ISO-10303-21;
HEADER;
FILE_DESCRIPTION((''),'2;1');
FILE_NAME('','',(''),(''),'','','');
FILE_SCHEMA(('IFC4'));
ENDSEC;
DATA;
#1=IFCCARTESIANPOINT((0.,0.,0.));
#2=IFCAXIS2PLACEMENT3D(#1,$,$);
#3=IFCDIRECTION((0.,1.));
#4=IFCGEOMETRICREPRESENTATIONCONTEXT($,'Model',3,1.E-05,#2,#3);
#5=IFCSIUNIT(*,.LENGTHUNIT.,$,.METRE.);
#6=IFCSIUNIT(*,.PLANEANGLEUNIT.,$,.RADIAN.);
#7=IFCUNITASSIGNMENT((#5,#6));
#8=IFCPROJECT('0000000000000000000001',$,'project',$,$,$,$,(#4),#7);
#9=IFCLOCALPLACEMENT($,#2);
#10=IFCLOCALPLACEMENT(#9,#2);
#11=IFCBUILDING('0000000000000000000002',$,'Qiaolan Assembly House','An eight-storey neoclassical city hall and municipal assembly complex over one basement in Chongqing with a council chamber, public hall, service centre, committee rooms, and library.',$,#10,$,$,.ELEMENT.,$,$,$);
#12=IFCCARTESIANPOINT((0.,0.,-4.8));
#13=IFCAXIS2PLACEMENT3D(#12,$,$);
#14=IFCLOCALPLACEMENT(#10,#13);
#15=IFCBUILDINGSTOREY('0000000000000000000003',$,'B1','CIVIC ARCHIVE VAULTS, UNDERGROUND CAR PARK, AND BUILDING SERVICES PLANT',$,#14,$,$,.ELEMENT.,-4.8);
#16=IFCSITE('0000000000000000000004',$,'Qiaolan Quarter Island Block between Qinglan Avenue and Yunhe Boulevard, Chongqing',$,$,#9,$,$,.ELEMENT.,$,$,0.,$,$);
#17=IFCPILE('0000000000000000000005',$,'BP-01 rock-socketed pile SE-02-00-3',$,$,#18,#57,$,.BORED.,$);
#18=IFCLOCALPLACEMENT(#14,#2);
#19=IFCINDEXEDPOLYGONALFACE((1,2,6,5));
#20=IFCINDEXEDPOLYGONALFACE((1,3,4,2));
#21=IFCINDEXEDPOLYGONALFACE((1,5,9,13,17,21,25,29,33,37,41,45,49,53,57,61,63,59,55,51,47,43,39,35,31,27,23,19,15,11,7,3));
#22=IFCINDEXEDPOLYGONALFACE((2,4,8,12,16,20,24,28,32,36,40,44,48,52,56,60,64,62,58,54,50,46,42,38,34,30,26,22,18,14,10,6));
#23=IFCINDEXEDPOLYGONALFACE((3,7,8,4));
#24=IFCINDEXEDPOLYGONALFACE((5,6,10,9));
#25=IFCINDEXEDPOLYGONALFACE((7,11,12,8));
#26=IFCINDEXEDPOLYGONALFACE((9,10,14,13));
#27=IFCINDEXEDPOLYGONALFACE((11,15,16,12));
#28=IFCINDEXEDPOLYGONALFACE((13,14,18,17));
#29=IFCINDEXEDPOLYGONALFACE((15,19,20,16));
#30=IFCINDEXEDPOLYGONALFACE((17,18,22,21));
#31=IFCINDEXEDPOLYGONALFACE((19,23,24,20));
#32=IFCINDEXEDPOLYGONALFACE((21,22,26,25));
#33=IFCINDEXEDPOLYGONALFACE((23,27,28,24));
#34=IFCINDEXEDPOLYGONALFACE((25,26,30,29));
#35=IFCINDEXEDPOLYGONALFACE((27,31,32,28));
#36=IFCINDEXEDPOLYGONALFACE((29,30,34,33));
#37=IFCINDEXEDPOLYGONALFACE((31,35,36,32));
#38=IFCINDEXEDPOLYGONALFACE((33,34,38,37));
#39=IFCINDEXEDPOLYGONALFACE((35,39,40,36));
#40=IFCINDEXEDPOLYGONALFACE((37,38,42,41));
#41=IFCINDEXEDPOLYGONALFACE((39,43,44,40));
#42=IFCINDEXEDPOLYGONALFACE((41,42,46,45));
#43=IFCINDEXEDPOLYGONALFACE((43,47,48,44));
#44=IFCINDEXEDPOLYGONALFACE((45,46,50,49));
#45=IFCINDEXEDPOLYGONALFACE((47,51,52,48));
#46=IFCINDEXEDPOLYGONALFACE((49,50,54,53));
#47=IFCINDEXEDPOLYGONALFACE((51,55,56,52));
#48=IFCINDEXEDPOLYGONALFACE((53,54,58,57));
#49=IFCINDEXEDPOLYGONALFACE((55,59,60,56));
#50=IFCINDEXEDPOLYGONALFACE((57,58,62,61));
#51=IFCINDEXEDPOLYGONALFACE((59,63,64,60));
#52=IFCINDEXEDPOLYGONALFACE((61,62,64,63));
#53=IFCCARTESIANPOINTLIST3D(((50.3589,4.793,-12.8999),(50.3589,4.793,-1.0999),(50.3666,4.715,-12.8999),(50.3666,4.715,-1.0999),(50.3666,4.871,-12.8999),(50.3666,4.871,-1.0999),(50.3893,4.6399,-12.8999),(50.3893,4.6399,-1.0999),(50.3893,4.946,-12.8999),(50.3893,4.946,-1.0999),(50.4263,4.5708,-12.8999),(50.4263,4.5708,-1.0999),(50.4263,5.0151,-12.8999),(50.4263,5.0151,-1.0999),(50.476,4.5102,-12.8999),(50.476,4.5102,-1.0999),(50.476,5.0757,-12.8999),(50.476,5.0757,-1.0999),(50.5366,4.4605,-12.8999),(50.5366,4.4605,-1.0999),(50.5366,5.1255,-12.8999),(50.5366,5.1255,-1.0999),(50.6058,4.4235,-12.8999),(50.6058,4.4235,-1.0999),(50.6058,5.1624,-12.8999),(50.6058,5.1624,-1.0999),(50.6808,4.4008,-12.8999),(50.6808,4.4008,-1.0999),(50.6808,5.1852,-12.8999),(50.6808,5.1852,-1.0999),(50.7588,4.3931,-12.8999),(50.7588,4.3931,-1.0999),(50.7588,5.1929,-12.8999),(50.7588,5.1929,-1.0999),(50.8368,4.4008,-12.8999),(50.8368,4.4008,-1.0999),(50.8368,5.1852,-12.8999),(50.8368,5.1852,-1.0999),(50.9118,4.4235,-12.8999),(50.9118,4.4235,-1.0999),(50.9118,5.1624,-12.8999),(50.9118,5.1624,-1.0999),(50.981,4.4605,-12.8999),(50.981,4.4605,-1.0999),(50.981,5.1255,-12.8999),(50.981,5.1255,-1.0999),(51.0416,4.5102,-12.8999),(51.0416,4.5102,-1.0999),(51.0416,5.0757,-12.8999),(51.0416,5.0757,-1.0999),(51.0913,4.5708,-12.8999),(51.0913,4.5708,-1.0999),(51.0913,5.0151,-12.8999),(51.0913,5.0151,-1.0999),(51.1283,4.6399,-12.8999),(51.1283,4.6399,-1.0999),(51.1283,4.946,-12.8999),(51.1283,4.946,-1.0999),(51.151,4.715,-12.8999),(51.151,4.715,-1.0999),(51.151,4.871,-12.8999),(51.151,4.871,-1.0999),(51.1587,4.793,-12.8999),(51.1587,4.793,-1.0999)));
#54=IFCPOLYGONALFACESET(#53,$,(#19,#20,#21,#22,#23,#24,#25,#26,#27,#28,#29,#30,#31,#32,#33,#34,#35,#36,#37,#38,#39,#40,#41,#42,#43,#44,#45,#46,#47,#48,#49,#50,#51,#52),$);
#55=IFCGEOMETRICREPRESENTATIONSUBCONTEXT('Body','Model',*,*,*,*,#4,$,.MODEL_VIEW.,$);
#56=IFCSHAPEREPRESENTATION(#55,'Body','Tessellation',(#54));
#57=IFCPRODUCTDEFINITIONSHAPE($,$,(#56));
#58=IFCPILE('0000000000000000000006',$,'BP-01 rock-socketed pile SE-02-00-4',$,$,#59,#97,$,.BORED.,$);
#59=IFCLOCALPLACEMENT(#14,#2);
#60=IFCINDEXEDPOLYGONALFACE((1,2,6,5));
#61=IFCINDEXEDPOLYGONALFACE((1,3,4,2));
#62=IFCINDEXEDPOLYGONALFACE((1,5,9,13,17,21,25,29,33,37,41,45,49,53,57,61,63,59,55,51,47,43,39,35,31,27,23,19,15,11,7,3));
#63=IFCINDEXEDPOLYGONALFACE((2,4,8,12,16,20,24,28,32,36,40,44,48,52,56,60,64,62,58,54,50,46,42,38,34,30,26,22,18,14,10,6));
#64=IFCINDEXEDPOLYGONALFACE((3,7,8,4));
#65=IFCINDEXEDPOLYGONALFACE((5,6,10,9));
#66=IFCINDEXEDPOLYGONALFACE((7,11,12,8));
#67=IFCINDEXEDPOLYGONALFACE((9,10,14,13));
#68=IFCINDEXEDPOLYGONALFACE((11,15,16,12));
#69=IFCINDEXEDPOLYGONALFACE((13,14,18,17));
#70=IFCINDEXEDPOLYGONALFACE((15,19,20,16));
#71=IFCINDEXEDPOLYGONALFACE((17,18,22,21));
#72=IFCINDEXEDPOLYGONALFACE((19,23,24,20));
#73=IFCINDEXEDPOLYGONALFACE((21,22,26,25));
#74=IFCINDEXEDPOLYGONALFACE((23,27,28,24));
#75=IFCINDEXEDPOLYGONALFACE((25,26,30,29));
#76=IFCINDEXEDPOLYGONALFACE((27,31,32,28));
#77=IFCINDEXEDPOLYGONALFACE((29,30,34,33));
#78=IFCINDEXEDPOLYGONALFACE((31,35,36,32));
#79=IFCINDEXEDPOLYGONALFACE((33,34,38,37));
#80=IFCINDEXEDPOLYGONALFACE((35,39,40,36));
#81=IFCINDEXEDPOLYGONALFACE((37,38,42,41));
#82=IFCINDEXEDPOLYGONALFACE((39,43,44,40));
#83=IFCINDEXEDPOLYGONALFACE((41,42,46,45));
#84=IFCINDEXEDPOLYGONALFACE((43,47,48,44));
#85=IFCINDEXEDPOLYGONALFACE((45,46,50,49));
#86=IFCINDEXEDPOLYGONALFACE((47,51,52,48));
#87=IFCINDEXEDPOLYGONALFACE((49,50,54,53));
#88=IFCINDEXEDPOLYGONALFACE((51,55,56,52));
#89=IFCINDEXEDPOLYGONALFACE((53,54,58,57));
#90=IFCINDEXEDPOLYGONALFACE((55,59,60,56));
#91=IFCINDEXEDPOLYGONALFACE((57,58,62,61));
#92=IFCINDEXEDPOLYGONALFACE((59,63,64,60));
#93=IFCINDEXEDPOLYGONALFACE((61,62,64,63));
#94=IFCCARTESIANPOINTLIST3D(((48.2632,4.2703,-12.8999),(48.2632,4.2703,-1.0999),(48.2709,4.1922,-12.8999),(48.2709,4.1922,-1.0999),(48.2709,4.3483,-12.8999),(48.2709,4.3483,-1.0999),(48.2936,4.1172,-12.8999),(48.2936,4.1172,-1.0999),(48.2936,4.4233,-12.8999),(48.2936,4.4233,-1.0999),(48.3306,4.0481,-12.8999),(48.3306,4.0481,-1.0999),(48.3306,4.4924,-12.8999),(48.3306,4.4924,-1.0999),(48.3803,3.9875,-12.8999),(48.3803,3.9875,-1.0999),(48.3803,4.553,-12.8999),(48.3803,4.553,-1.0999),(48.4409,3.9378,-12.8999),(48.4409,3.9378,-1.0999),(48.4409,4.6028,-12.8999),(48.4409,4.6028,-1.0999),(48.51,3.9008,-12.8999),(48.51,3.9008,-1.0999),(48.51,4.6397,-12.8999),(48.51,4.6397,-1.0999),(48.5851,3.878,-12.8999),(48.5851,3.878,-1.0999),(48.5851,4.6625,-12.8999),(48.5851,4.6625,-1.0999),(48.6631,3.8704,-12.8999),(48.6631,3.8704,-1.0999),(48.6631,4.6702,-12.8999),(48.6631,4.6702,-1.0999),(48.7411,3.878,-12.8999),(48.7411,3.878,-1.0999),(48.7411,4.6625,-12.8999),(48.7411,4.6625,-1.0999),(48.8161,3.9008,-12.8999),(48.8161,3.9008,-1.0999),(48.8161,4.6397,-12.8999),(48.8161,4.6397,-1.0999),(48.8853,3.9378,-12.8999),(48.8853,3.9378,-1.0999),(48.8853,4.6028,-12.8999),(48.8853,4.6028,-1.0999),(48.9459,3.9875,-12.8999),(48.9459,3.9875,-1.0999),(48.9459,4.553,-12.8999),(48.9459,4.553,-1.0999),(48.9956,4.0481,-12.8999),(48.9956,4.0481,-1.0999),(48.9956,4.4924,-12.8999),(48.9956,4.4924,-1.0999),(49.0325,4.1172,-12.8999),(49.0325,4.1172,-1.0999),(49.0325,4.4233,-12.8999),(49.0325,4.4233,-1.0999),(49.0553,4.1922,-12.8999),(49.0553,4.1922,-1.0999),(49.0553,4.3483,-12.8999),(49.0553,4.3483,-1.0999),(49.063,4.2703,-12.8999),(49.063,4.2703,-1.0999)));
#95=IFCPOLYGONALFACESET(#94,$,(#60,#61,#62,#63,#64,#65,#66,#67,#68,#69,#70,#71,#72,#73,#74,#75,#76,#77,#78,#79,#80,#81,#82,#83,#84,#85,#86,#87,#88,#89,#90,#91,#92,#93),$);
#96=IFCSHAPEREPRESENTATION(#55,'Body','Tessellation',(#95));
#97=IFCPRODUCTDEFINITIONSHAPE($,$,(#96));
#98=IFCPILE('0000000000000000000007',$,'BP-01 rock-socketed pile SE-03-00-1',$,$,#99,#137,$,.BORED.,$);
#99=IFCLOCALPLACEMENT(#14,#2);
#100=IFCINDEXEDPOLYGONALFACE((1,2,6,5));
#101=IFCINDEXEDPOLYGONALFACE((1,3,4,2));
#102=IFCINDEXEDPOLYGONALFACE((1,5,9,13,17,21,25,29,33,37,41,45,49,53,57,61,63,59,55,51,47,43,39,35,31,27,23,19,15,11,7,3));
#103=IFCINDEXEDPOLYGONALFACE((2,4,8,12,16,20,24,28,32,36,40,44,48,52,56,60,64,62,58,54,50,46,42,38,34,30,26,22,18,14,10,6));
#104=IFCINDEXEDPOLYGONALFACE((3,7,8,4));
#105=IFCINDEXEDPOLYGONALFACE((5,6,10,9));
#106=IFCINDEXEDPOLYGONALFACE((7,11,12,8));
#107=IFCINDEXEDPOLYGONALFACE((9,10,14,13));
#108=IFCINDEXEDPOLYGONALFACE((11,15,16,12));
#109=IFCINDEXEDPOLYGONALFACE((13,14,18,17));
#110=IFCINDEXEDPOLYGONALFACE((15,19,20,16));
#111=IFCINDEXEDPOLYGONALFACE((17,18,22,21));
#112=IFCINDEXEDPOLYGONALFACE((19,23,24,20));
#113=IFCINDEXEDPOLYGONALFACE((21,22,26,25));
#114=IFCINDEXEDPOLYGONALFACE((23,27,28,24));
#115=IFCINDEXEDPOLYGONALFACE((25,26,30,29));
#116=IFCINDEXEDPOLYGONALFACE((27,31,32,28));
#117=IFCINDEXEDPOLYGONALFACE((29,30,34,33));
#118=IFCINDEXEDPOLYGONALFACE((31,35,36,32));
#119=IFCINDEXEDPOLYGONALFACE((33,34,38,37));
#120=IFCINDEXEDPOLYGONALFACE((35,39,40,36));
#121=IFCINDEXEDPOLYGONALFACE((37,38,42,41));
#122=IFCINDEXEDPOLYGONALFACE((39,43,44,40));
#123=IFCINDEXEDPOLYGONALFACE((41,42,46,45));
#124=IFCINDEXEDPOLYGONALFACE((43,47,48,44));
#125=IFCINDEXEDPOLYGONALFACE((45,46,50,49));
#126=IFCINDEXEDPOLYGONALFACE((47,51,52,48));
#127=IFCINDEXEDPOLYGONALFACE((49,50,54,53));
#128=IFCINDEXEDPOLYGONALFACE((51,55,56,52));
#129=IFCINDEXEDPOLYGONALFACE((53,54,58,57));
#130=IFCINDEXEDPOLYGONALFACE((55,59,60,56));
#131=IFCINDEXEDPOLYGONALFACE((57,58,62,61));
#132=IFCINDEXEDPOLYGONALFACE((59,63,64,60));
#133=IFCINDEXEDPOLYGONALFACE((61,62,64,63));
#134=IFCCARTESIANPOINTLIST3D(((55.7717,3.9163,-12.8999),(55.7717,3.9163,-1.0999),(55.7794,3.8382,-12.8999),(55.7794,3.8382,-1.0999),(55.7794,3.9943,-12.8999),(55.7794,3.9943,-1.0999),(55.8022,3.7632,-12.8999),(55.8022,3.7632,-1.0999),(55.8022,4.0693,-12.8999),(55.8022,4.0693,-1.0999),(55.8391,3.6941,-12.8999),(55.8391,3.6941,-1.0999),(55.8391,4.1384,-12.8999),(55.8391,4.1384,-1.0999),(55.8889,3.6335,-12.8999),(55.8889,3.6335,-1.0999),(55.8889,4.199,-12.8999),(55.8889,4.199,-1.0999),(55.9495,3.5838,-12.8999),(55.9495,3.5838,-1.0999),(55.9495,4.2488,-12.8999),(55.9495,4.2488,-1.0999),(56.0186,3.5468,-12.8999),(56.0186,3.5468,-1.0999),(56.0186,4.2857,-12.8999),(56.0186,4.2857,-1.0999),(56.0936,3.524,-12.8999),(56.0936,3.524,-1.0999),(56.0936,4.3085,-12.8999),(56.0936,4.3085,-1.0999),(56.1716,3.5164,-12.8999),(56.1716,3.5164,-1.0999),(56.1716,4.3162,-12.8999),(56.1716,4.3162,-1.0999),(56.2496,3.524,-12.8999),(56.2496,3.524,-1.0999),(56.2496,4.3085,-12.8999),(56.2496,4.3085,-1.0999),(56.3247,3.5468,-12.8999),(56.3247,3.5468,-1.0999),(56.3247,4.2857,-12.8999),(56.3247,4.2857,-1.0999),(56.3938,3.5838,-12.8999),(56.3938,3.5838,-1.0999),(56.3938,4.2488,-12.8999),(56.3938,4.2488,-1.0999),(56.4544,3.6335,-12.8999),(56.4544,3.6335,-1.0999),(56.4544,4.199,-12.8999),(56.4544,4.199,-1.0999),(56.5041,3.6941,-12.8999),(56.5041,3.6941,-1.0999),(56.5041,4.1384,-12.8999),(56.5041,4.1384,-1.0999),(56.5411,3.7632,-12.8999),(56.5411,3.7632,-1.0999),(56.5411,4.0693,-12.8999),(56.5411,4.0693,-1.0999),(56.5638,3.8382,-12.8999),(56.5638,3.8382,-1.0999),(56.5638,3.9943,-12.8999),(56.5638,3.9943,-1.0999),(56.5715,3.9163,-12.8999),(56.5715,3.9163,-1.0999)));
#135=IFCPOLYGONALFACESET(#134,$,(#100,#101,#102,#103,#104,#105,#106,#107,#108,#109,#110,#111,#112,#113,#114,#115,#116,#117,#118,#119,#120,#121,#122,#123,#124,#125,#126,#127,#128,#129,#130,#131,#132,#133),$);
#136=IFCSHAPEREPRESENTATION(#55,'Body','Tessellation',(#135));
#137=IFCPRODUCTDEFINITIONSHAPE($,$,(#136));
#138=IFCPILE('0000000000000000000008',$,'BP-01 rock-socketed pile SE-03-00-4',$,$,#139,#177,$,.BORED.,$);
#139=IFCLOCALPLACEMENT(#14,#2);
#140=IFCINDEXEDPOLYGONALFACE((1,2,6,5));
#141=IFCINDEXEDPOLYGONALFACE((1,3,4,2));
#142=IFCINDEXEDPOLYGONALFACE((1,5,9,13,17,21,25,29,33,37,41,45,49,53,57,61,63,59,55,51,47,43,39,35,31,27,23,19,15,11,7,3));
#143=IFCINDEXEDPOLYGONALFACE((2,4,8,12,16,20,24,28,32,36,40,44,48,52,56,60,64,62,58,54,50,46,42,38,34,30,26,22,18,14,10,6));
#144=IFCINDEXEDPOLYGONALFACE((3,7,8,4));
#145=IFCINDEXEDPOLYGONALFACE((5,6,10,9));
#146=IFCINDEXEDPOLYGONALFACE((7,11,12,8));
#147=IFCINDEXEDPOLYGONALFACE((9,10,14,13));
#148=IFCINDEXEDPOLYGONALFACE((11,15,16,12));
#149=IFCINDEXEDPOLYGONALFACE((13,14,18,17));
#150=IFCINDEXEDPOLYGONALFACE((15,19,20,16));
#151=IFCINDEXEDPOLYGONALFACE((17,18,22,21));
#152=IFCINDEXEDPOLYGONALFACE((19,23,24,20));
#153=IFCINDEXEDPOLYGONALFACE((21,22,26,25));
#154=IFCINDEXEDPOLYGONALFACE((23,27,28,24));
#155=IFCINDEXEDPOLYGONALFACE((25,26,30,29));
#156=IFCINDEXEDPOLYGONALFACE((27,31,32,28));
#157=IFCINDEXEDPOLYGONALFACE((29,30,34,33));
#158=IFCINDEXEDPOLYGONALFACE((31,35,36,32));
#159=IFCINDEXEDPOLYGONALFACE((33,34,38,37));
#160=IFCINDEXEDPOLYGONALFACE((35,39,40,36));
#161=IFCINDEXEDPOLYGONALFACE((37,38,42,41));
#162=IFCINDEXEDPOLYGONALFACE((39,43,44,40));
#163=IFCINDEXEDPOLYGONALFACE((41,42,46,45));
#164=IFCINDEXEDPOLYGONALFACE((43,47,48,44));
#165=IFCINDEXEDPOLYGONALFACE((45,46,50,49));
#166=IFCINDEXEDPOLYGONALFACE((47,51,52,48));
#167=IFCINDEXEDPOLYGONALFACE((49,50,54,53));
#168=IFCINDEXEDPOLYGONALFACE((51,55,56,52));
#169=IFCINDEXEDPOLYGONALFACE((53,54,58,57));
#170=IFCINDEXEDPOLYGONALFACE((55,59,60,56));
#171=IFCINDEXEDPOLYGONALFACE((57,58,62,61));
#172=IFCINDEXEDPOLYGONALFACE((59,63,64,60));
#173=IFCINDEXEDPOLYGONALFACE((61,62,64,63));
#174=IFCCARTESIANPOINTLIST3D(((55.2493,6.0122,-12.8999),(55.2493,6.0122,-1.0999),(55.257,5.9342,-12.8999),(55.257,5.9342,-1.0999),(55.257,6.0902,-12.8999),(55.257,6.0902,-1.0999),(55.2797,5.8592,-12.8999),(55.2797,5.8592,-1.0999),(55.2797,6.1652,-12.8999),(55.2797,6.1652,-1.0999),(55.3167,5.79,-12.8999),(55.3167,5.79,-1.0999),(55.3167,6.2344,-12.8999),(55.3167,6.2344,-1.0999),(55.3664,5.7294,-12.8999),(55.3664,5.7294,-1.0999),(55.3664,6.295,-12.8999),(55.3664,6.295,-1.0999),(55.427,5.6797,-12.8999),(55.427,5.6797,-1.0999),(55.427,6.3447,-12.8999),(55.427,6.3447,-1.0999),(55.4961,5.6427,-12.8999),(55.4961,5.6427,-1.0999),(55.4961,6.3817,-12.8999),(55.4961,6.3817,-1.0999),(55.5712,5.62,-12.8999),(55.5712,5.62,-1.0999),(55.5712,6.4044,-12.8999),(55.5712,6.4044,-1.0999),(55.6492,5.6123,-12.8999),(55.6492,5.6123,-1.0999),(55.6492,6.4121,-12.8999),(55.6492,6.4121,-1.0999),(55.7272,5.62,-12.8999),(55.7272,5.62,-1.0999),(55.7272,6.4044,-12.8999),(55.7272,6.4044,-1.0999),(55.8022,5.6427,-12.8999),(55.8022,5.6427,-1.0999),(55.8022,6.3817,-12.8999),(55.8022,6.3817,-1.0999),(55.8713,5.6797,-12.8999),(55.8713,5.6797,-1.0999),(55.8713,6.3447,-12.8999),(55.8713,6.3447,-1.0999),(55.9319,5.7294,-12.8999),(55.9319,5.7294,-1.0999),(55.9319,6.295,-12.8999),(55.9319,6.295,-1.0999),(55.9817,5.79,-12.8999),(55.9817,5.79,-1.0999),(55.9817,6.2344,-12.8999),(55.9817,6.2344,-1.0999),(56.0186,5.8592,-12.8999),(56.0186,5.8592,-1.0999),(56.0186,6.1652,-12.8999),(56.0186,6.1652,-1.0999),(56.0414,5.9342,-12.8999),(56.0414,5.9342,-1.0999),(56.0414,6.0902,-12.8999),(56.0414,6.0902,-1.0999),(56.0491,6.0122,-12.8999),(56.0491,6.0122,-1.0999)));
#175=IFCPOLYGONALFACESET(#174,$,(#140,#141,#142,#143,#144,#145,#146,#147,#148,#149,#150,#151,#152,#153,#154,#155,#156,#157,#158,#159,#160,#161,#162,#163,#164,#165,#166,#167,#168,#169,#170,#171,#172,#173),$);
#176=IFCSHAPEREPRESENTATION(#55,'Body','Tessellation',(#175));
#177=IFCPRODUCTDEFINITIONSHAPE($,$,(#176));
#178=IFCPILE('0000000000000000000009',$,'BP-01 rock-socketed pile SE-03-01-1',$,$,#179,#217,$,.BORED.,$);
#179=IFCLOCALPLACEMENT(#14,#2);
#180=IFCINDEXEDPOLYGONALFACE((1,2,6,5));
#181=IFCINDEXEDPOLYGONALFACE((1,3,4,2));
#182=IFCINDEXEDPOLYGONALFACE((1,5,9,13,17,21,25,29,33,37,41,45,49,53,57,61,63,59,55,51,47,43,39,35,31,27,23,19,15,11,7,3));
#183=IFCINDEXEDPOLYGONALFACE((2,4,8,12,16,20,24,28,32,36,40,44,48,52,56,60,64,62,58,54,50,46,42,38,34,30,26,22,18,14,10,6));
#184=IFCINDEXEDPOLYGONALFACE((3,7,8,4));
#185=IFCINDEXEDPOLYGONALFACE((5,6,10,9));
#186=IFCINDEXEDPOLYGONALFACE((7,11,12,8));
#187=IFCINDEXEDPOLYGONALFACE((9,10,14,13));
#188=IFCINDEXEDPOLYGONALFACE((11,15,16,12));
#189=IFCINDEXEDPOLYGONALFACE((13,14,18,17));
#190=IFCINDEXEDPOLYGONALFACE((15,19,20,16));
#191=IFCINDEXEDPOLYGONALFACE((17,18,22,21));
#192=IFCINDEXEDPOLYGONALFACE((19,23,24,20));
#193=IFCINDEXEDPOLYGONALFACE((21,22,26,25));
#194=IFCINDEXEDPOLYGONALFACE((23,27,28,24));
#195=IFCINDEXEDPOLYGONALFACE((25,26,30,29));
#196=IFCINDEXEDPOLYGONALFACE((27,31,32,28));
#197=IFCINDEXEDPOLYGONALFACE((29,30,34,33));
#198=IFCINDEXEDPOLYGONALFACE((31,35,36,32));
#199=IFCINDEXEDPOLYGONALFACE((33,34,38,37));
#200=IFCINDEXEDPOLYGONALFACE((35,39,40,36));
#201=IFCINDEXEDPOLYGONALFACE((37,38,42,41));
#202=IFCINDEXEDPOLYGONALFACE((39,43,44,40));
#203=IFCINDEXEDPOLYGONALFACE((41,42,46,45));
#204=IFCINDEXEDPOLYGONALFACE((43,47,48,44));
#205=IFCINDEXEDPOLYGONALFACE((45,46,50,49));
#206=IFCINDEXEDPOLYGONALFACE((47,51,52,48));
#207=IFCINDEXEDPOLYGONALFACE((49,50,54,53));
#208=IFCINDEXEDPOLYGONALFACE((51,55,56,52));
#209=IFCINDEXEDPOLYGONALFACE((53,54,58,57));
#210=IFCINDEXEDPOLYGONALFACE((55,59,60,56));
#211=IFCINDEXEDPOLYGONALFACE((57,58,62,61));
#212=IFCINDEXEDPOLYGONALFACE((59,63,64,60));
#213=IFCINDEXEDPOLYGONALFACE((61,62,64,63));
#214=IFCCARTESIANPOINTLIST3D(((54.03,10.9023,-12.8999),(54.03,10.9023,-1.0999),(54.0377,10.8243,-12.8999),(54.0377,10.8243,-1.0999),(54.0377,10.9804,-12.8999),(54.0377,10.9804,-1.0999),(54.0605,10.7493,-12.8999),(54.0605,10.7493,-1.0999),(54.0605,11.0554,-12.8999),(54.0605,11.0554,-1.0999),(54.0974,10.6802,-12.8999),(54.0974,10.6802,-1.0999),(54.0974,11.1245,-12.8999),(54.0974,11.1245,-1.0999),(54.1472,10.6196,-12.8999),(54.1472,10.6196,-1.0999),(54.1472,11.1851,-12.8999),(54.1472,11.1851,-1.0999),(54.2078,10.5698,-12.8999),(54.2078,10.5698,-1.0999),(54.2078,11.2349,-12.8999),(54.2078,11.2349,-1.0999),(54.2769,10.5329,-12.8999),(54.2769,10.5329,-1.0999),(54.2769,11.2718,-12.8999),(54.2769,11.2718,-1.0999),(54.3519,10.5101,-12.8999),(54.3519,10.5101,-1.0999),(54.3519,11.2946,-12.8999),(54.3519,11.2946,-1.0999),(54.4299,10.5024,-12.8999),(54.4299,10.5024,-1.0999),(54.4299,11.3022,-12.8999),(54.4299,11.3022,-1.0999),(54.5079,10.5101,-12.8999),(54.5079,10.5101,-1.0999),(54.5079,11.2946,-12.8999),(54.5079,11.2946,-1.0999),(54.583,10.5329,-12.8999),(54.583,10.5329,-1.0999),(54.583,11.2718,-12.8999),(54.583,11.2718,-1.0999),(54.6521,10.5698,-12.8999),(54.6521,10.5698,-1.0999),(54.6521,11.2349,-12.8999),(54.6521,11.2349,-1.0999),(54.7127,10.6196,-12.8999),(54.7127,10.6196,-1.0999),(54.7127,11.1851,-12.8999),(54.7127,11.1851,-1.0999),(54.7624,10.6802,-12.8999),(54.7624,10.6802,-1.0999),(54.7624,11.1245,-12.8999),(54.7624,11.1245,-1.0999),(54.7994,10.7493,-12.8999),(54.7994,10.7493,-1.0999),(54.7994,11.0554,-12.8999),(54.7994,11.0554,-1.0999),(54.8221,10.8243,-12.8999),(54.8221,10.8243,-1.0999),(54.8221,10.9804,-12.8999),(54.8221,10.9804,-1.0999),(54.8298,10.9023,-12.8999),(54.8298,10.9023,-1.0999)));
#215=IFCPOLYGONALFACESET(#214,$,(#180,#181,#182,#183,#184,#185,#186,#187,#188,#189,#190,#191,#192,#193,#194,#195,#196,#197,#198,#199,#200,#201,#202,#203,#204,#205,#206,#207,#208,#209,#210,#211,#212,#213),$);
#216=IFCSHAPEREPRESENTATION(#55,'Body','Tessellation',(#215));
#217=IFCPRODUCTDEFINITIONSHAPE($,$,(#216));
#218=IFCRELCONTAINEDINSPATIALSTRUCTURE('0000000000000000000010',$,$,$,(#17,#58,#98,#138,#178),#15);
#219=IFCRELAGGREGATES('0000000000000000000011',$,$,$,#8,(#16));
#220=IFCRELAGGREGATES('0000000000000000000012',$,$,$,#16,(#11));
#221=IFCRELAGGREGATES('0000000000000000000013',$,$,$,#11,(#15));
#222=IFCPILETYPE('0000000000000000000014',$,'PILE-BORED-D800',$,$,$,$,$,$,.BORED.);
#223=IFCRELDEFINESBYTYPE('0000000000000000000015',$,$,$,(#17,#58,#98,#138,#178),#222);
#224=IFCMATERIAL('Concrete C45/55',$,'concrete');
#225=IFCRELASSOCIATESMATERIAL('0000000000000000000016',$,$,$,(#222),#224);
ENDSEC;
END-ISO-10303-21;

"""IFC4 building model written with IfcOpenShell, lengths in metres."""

from ifc_helpers import new_model, si_unit, direction, frame, origin, origin_2d, place, context, subcontext, project, spatial, circle, extrude, material, material_profile, profile_set, type_object, element, save


model = new_model("IFC4")

# Units and contexts
model_context = context("Model", 3, precision=1e-05, world=origin(), true_north=direction((0.0, 1.0)))
body_context = subcontext(model_context, "Body", "Model", "MODEL_VIEW")
ifc_project = project(units=[si_unit("LENGTHUNIT", "METRE"), si_unit("PLANEANGLEUNIT", "RADIAN")], contexts=[model_context])

# Site, building, storey
site_placement = place(None, origin())
site = spatial("IfcSite", under=ifc_project, at=site_placement, Name="Qiaolan Quarter Island Block between Qinglan Avenue and Yunhe Boulevard, Chongqing", CompositionType="ELEMENT", RefElevation=0.0)
building_placement = place(site_placement, origin())
building = spatial("IfcBuilding", under=site, at=building_placement, Name="Qiaolan Assembly House", Description="An eight-storey neoclassical city hall and municipal assembly complex over one basement in Chongqing with a council chamber, public hall, service centre, committee rooms, and library.", CompositionType="ELEMENT")
storey_placement = place(building_placement, frame((0.0, 0.0, -4.8)))
storey = spatial("IfcBuildingStorey", under=building, at=storey_placement, Name="B1", Description="CIVIC ARCHIVE VAULTS, UNDERGROUND CAR PARK, AND BUILDING SERVICES PLANT", CompositionType="ELEMENT", Elevation=-4.8)

# Piles
ifc_material_1 = material(Name="Concrete C45/55", Category="concrete")
ifc_material_profile_1 = material_profile(ifc_material_1, circle(Radius=0.3999, at=origin_2d()), Name="PILE D800")
ifc_profile_set_1 = profile_set([ifc_material_profile_1], Name="Concrete C45/55")
pile_type_1 = type_object("IfcPileType", Name="PILE-BORED-D800", PredefinedType="BORED", material=ifc_profile_set_1)
for number, where, z_axis, x_axis, name in (
    (1, (50.7588, 4.793, -1.0999), (0.0, 0.0, -1.0), (1.0, 0.0, 0.0), "BP-01 rock-socketed pile SE-02-00-3"),
    (2, (48.6631, 4.2703, -1.0999), (0.0, 0.0, -1.0), (1.0, 0.0, 0.0), "BP-01 rock-socketed pile SE-02-00-4"),
    (3, (56.1716, 3.9163, -1.0999), (0.0, 0.0, -1.0), (1.0, 0.0, 0.0), "BP-01 rock-socketed pile SE-03-00-1"),
    (4, (55.6492, 6.0122, -1.0999), (0.0, 0.0, -1.0), (1.0, 0.0, 0.0), "BP-01 rock-socketed pile SE-03-00-4"),
    (5, (54.4299, 10.9023, -1.0999), (0.0, 0.0, -1.0), (1.0, 0.0, 0.0), "BP-01 rock-socketed pile SE-03-01-1"),
):
    element("IfcPile", number, at=place(storey_placement, frame(where, z_axis=z_axis, x_axis=x_axis)), inside=storey, type_object=pile_type_1, Name=name, PredefinedType="BORED", context=body_context, shape_type="SweptSolid", body=[
        extrude(circle(Radius=0.3999, at=origin_2d()), origin(), (0.0, 0.0, 1.0), 11.8),
    ])

save(model, "model.ifc")
